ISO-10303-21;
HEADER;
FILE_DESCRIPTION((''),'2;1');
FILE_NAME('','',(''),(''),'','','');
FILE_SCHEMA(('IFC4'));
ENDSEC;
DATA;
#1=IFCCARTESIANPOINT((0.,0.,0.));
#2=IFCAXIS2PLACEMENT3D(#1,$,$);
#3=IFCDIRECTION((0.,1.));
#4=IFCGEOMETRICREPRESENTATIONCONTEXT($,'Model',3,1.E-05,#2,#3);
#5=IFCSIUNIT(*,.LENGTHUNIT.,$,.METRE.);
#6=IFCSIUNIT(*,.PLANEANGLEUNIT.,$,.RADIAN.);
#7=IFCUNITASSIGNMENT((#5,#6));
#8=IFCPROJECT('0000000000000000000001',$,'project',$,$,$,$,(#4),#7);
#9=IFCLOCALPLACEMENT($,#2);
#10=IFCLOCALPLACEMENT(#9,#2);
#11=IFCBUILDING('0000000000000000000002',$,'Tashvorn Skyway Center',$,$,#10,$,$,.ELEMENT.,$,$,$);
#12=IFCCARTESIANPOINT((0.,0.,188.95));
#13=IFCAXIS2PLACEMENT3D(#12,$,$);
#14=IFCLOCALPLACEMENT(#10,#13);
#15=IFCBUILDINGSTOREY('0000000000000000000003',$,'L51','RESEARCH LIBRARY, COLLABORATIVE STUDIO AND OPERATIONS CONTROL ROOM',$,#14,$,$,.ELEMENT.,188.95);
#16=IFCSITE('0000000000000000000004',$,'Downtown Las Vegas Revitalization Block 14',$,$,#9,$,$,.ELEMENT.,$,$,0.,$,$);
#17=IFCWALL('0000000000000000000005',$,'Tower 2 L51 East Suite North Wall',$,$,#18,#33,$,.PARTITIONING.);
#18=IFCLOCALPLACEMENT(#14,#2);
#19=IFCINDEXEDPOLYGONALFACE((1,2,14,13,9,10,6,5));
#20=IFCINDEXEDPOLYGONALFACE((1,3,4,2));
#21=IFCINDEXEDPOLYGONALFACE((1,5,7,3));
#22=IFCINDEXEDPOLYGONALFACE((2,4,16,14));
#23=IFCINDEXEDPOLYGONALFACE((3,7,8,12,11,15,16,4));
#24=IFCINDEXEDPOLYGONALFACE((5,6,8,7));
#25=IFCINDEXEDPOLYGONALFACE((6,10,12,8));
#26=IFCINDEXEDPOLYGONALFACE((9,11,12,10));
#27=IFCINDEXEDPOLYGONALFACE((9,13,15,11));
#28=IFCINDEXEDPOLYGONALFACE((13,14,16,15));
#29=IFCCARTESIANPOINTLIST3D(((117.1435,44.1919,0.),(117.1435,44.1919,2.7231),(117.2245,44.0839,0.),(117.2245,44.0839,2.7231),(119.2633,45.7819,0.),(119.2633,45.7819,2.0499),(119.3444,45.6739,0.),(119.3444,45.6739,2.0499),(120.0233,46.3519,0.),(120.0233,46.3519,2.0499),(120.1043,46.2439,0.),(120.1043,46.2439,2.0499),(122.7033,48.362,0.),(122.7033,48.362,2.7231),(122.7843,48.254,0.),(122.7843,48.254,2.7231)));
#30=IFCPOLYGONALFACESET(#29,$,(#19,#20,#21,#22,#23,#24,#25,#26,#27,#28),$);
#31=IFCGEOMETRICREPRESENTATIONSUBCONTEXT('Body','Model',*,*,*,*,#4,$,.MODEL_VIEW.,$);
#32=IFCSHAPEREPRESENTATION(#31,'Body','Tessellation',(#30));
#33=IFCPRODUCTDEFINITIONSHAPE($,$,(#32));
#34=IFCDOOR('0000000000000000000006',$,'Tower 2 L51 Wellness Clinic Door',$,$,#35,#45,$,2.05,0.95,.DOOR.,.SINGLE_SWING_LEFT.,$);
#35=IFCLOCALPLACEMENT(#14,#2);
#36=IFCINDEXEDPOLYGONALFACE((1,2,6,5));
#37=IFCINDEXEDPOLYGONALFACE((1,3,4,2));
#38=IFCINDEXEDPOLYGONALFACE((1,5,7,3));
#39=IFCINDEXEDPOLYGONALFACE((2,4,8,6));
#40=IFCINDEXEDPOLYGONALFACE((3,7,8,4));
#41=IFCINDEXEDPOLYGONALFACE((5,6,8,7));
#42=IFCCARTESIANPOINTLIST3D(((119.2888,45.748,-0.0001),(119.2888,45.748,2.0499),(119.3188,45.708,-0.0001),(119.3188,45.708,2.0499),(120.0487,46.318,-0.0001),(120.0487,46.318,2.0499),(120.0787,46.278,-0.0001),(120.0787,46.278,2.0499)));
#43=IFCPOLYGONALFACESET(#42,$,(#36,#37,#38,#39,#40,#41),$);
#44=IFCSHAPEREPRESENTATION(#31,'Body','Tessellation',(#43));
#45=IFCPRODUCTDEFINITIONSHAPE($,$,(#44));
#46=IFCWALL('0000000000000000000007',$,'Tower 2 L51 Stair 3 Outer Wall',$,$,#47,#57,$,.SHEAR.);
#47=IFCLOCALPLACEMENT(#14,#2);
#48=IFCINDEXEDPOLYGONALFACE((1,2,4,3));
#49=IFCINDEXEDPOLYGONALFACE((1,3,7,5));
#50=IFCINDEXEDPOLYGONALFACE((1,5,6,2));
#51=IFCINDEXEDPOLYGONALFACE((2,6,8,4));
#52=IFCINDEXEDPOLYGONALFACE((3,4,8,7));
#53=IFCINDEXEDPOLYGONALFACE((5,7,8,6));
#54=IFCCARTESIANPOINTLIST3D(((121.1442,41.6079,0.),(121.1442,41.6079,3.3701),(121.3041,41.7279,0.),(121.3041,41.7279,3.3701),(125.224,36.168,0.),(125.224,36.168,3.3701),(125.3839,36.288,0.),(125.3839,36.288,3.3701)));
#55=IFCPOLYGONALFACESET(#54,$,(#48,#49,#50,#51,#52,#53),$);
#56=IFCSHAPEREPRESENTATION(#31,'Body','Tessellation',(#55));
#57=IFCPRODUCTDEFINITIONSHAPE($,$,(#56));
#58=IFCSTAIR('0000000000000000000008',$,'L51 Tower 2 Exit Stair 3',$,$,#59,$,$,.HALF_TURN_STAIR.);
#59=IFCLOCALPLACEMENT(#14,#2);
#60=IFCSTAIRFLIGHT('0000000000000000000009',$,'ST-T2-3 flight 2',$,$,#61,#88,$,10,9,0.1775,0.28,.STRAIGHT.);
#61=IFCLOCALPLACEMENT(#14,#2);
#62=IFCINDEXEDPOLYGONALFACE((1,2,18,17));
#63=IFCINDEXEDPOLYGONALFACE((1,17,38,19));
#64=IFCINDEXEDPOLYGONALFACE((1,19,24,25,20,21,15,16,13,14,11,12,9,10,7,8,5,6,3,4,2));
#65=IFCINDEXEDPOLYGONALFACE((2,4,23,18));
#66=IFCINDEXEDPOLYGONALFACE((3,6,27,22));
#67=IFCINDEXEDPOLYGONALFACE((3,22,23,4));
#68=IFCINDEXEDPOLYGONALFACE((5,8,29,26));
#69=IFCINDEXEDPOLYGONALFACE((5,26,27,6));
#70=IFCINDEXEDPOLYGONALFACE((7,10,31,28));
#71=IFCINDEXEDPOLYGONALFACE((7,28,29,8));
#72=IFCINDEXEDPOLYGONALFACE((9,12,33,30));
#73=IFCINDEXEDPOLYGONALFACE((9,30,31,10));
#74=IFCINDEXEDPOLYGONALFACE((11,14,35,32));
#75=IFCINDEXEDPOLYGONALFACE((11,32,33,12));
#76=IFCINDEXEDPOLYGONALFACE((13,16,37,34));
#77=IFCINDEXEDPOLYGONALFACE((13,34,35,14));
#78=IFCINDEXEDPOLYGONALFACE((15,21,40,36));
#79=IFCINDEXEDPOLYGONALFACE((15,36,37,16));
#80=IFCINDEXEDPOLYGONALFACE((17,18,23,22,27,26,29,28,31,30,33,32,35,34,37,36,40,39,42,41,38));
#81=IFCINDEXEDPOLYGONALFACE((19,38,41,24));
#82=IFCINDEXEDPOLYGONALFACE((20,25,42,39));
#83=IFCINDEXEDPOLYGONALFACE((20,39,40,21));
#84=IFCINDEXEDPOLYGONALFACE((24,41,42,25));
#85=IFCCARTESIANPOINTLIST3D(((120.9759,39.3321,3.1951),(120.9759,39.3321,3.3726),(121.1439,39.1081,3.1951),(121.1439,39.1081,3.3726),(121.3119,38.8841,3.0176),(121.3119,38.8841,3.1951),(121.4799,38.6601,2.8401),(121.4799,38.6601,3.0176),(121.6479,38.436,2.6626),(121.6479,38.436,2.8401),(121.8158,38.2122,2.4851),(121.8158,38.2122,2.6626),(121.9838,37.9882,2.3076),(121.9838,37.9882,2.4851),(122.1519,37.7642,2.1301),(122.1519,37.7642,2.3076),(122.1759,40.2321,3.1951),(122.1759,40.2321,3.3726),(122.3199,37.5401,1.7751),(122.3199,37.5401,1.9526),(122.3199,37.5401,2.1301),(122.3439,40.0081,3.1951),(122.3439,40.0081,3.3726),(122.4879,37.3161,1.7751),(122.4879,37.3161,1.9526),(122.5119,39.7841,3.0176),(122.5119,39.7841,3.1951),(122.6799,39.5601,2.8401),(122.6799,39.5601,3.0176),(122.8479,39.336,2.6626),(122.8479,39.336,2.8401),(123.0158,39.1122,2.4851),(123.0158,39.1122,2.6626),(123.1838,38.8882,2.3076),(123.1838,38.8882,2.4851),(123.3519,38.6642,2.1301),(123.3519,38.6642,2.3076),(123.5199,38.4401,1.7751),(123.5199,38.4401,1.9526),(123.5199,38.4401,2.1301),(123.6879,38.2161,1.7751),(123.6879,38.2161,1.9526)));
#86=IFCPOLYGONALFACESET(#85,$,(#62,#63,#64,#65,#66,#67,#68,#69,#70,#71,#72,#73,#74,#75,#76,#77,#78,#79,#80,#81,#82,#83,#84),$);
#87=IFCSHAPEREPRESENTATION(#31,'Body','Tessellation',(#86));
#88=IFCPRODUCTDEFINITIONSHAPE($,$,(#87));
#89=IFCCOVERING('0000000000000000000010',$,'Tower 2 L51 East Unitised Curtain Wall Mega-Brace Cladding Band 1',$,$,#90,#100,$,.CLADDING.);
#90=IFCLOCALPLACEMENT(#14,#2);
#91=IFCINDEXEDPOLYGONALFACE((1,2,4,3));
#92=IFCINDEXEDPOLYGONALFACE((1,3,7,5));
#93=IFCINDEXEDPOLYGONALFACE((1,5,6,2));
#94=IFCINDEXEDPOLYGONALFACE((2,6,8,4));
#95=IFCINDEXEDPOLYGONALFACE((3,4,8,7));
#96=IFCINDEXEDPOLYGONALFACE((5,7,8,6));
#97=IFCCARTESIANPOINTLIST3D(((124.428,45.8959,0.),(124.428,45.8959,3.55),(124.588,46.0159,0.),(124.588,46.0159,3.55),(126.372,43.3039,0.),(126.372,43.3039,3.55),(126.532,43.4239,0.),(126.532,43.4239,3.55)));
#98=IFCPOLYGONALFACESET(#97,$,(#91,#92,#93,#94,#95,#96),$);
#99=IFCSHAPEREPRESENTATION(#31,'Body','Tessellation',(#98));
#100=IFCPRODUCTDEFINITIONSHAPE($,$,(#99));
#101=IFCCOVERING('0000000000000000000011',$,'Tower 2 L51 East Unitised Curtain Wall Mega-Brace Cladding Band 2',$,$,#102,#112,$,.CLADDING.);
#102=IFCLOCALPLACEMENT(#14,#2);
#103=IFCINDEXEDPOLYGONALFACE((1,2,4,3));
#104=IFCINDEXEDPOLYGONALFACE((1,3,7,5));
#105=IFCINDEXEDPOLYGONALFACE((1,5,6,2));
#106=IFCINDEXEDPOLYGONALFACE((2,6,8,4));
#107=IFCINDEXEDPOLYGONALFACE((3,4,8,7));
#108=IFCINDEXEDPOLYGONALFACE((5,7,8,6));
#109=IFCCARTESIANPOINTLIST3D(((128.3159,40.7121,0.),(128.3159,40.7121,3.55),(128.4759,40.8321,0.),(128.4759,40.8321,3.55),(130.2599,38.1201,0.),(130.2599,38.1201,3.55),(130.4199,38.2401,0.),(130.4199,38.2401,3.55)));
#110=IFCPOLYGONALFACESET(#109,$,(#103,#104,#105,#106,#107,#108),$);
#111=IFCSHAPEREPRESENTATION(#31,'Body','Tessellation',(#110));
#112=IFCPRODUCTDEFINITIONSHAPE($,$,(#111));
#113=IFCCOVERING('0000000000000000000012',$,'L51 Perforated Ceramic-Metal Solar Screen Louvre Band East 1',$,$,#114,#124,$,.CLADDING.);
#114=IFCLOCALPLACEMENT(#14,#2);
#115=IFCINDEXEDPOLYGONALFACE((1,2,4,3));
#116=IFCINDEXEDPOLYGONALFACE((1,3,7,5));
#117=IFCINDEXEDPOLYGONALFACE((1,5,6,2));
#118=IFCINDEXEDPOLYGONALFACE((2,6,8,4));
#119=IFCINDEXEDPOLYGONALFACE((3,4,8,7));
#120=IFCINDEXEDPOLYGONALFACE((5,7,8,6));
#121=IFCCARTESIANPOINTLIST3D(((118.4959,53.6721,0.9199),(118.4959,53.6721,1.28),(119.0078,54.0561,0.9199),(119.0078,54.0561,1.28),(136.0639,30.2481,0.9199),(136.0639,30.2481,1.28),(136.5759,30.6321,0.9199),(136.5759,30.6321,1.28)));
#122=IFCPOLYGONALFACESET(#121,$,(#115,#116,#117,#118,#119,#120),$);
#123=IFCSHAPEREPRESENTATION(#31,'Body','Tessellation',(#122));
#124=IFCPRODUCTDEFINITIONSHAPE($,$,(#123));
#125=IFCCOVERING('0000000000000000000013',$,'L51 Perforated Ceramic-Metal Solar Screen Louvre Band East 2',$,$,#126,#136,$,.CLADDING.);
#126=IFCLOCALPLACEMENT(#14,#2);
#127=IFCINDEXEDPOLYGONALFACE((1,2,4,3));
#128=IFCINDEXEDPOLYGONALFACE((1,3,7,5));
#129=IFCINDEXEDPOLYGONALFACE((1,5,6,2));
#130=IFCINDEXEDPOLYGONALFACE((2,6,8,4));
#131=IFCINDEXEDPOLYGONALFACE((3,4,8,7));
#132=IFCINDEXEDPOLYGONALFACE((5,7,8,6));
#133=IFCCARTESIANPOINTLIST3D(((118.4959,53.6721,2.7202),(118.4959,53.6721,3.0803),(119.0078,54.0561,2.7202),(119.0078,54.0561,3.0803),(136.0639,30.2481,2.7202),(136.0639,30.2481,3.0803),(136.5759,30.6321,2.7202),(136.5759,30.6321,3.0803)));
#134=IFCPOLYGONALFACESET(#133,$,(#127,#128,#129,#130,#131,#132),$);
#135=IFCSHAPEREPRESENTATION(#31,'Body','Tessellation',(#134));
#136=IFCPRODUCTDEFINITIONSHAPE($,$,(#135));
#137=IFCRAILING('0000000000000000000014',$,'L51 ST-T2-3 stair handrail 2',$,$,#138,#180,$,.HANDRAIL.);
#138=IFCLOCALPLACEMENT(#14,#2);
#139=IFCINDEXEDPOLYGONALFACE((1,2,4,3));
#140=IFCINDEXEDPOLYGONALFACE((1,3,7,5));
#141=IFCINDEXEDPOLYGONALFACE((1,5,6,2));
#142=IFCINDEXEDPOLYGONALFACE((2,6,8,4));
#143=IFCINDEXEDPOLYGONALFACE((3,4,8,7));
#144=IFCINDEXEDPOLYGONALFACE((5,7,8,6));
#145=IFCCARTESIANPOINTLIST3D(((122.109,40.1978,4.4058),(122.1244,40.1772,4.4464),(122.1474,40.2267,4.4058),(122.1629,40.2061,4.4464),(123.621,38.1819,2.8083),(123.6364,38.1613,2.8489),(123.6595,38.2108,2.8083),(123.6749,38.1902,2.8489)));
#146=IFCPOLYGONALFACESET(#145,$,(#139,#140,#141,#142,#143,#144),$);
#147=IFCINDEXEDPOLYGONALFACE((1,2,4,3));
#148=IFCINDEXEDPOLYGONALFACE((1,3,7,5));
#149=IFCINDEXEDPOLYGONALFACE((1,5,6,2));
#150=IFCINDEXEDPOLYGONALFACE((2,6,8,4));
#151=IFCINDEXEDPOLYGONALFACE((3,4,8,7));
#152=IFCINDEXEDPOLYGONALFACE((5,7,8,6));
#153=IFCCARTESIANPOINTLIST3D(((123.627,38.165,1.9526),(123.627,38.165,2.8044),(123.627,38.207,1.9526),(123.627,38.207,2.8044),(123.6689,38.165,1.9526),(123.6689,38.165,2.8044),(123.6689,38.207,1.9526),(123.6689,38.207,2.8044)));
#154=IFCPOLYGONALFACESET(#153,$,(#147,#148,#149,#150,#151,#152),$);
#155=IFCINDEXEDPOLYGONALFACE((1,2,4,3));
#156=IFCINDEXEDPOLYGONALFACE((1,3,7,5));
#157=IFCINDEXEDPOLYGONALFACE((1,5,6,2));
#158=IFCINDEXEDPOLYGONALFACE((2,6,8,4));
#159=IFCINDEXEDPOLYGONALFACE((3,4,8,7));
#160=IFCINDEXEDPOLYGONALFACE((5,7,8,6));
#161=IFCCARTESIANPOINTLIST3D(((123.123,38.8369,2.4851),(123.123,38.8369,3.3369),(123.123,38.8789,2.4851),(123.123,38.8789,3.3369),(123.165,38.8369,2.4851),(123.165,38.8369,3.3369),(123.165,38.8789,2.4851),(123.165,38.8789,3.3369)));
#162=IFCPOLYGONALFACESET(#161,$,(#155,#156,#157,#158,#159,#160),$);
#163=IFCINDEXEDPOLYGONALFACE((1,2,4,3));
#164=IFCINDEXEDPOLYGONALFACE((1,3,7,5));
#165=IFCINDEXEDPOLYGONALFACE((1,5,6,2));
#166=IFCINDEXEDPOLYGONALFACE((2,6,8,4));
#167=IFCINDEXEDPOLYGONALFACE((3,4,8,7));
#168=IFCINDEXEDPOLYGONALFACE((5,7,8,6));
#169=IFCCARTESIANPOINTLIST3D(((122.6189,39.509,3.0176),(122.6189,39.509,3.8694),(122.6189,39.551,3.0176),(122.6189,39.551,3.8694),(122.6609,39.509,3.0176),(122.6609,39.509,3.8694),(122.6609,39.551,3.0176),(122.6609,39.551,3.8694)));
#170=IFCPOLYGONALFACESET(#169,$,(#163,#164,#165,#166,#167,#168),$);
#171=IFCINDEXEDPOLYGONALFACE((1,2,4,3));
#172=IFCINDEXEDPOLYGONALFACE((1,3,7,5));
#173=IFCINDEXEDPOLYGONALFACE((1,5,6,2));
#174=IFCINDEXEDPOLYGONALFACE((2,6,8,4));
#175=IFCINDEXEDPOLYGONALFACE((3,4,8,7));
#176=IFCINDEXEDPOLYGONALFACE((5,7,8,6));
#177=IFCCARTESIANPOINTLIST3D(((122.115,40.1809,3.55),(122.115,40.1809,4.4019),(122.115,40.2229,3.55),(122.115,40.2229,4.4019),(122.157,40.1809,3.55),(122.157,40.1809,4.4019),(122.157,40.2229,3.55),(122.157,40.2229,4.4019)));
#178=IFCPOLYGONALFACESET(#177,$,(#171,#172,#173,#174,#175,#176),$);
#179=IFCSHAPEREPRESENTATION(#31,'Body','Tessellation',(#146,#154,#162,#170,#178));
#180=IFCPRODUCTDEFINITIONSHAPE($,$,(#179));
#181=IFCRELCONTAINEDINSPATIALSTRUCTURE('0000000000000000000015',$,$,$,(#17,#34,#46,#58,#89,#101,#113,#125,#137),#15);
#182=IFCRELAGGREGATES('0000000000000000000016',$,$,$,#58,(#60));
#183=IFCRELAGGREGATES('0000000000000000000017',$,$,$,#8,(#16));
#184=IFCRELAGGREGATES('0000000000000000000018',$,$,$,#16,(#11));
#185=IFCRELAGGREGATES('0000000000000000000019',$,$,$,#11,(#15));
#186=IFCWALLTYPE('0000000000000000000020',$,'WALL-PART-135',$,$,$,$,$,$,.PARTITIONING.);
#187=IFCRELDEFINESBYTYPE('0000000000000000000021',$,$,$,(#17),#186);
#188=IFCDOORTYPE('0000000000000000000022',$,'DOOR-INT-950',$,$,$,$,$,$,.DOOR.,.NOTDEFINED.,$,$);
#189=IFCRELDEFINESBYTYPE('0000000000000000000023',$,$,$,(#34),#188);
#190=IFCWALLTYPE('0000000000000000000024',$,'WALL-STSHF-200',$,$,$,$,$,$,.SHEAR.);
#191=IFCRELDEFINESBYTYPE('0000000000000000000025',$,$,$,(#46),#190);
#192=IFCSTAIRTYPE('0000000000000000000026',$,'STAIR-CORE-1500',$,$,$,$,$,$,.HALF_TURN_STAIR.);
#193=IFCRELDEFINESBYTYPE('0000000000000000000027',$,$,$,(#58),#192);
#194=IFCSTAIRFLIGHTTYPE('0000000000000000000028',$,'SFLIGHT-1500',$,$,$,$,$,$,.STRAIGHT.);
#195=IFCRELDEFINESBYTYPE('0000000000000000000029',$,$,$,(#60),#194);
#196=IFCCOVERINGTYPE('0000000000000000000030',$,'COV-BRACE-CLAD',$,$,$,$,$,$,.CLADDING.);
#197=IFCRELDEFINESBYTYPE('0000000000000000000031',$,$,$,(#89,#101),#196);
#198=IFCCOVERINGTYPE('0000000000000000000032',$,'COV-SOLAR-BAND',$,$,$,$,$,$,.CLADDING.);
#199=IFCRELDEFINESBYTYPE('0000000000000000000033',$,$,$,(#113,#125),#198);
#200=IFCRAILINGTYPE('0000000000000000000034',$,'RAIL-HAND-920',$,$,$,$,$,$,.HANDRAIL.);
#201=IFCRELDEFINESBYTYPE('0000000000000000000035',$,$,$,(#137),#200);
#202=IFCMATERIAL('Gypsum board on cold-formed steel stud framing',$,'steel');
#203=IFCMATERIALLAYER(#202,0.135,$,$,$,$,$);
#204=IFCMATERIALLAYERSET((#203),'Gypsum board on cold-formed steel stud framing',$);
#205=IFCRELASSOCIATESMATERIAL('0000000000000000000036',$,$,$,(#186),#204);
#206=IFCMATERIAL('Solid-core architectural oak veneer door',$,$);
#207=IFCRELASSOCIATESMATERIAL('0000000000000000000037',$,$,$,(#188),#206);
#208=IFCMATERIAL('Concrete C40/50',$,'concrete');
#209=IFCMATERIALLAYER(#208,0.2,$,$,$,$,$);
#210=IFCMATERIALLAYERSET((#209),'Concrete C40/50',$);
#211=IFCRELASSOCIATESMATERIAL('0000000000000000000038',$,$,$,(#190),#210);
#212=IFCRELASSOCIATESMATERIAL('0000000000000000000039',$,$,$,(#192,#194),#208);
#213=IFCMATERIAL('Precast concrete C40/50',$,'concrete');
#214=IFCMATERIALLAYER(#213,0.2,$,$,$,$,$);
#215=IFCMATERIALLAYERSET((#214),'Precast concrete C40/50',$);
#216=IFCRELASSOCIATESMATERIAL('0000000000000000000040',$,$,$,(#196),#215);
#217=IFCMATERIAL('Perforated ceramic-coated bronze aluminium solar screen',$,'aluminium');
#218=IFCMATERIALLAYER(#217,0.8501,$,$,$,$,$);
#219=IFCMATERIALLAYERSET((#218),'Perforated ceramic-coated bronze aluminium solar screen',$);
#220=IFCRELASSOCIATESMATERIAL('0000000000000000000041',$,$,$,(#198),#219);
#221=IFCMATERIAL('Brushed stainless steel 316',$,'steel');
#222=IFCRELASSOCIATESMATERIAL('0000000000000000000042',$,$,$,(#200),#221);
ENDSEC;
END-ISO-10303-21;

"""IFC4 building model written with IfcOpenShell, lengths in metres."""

from ifc_helpers import new_model, si_unit, direction, frame, frame_2d, origin, origin_2d, place, context, subcontext, project, spatial, polyline, rectangle, outline, extrude, material, layer, layer_set, type_object, element, fill, aggregate, save


model = new_model("IFC4")

# Units and contexts
model_context = context("Model", 3, precision=1e-05, world=origin(), true_north=direction((0.0, 1.0)))
body_context = subcontext(model_context, "Body", "Model", "MODEL_VIEW")
ifc_project = project(units=[si_unit("LENGTHUNIT", "METRE"), si_unit("PLANEANGLEUNIT", "RADIAN")], contexts=[model_context])

# Site, building, storey
site_placement = place(None, origin())
site = spatial("IfcSite", under=ifc_project, at=site_placement, Name="Downtown Las Vegas Revitalization Block 14", CompositionType="ELEMENT", RefElevation=0.0)
building_placement = place(site_placement, origin())
building = spatial("IfcBuilding", under=site, at=building_placement, Name="Tashvorn Skyway Center", CompositionType="ELEMENT")
storey_placement = place(building_placement, frame((0.0, 0.0, 188.95)))
storey = spatial("IfcBuildingStorey", under=building, at=storey_placement, Name="L51", Description="RESEARCH LIBRARY, COLLABORATIVE STUDIO AND OPERATIONS CONTROL ROOM", CompositionType="ELEMENT", Elevation=188.95)

# Shared definitions
ifc_material_1 = material(Name="Gypsum board on cold-formed steel stud framing", Category="steel")

# Wall, opening, door
ifc_layer_1 = layer(ifc_material_1, 0.135)
ifc_layer_set_1 = layer_set([ifc_layer_1], Name="Gypsum board on cold-formed steel stud framing")
wall_type_1 = type_object("IfcWallType", Name="WALL-PART-135", PredefinedType="PARTITIONING", material=ifc_layer_set_1)
wall_1_placement = place(storey_placement, frame((122.7439, 48.3081, 0.0), z_axis=(0.0, 0.0, 1.0), x_axis=(-0.799979, -0.600028, 0.0)))
wall_1 = element("IfcWall", 1, at=wall_1_placement, inside=storey, type_object=wall_type_1, Name="Tower 2 L51 East Suite North Wall", PredefinedType="PARTITIONING", context=body_context, shape_type="SweptSolid", body=[
    extrude(rectangle(XDim=6.95, YDim=0.135, at=frame_2d((3.4751, 0.0))), origin(), (0.0, 0.0, 1.0), 2.7231),
])
opening_placement = place(wall_1_placement, frame((3.3501, 0.0, 0.0)))
opening = element("IfcOpeningElement", 2, at=opening_placement, cuts=wall_1, PredefinedType="OPENING", context=body_context, shape_type="SweptSolid", body=[
    extrude(rectangle(XDim=0.95, YDim=2.05, at=frame_2d((0.4751, 1.0249))), frame((0.0, 0.0774, 0.0), z_axis=(0.0, -1.0, 0.0), x_axis=(1.0, 0.0, 0.0)), (0.0, 0.0, 1.0), 0.155),
])
ifc_material_2 = material(Name="Solid-core architectural oak veneer door")
door_type = type_object("IfcDoorType", Name="DOOR-INT-950", OperationType="NOTDEFINED", PredefinedType="DOOR", material=ifc_material_2)
door_placement = place(opening_placement, origin())
door = element("IfcDoor", 3, at=door_placement, inside=storey, type_object=door_type, Name="Tower 2 L51 Wellness Clinic Door", OperationType="SINGLE_SWING_LEFT", OverallHeight=2.05, OverallWidth=0.95, PredefinedType="DOOR", context=body_context, shape_type="SweptSolid", body=[
    extrude(rectangle(XDim=0.95, YDim=2.05, at=frame_2d((0.4751, 1.0249))), frame((0.0, 0.0249, 0.0), z_axis=(0.0, -1.0, 0.0), x_axis=(1.0, 0.0, 0.0)), (0.0, 0.0, 1.0), 0.05),
])
fill(opening, door)

# Wall
ifc_material_3 = material(Name="Concrete C40/50", Category="concrete")
ifc_layer_2 = layer(ifc_material_3, 0.2)
ifc_layer_set_2 = layer_set([ifc_layer_2], Name="Concrete C40/50")
wall_type_2 = type_object("IfcWallType", Name="WALL-STSHF-200", PredefinedType="SHEAR", material=ifc_layer_set_2)
wall_2_placement = place(storey_placement, frame((125.304, 36.228, 0.0), z_axis=(0.0, 0.0, 1.0), x_axis=(-0.599989, 0.800009, 0.0)))
element("IfcWall", 4, at=wall_2_placement, inside=storey, type_object=wall_type_2, Name="Tower 2 L51 Stair 3 Outer Wall", PredefinedType="SHEAR", context=body_context, shape_type="SweptSolid", body=[
    extrude(rectangle(XDim=6.7998, YDim=0.2, at=frame_2d((3.3999, 0.0))), origin(), (0.0, 0.0, 1.0), 3.3701),
])

# Stair, stair flight
stair_type = type_object("IfcStairType", Name="STAIR-CORE-1500", PredefinedType="HALF_TURN_STAIR", material=ifc_material_3)
stair_placement = place(storey_placement, origin())
stair = element("IfcStair", 5, at=stair_placement, inside=storey, type_object=stair_type, Name="L51 Tower 2 Exit Stair 3", PredefinedType="HALF_TURN_STAIR")
stair_flight_type = type_object("IfcStairFlightType", Name="SFLIGHT-1500", PredefinedType="STRAIGHT", material=ifc_material_3)
stair_flight_placement = place(storey_placement, frame((123.0879, 37.7661, 1.7751), z_axis=(0.0, 0.0, 1.0), x_axis=(-0.6, 0.8, 0.0)))
stair_flight = element("IfcStairFlight", 6, at=stair_flight_placement, type_object=stair_flight_type, Name="ST-T2-3 flight 2", NumberOfRisers=10, NumberOfTreads=9, PredefinedType="STRAIGHT", RiserHeight=0.1775, TreadLength=0.28, context=body_context, shape_type="SweptSolid", body=[
    extrude(outline(polyline([(0.0, 0.0), (0.0, 0.1775), (0.28, 0.1775), (0.28, 0.355), (0.5601, 0.355), (0.5601, 0.5325), (0.8401, 0.5325), (0.8401, 0.71), (1.1201, 0.71), (1.1201, 0.8875), (1.3999, 0.8875), (1.3999, 1.0649), (1.6799, 1.0649), (1.6799, 1.2424), (1.96, 1.2424), (1.96, 1.4199), (2.24, 1.4199), (2.24, 1.5974), (2.52, 1.5974), (2.52, 1.7749), (2.52, 1.4199), (0.28, 0.0), (0.0, 0.0)])), frame((0.0, 0.75, 0.0), z_axis=(0.0, -1.0, 0.0), x_axis=(1.0, 0.0, 0.0)), (0.0, 0.0, 1.0), 1.5),
])
aggregate(stair, [stair_flight])

# Coverings
ifc_material_4 = material(Name="Precast concrete C40/50", Category="concrete")
ifc_layer_3 = layer(ifc_material_4, 0.2)
ifc_layer_set_3 = layer_set([ifc_layer_3], Name="Precast concrete C40/50")
covering_type_1 = type_object("IfcCoveringType", Name="COV-BRACE-CLAD", PredefinedType="CLADDING", material=ifc_layer_set_3)
for number, where, z_axis, x_axis, name in (
    (7, (125.48, 44.6599, 0.0), (0.0, 0.0, 1.0), (0.6, -0.8, 0.0), "Tower 2 L51 East Unitised Curtain Wall Mega-Brace Cladding Band 1"),
    (8, (129.3679, 39.4761, 0.0), (0.0, 0.0, 1.0), (0.6, -0.8, 0.0), "Tower 2 L51 East Unitised Curtain Wall Mega-Brace Cladding Band 2"),
):
    element("IfcCovering", number, at=place(storey_placement, frame(where, z_axis=z_axis, x_axis=x_axis)), inside=storey, type_object=covering_type_1, Name=name, PredefinedType="CLADDING", context=body_context, shape_type="SweptSolid", body=[
        extrude(rectangle(XDim=3.24, YDim=0.2, at=origin_2d()), origin(), (0.0, 0.0, 1.0), 3.55),
    ])
ifc_material_5 = material(Name="Perforated ceramic-coated bronze aluminium solar screen", Category="aluminium")
ifc_layer_4 = layer(ifc_material_5, 0.8501)
ifc_layer_set_4 = layer_set([ifc_layer_4], Name="Perforated ceramic-coated bronze aluminium solar screen")
covering_type_2 = type_object("IfcCoveringType", Name="COV-SOLAR-BAND", PredefinedType="CLADDING", material=ifc_layer_set_4)
for number, where, z_axis, x_axis, name in (
    (9, (127.5359, 42.1521, 0.9199), (0.0, 0.0, 1.0), (0.6, -0.8, 0.0), "L51 Perforated Ceramic-Metal Solar Screen Louvre Band East 1"),
    (10, (127.5359, 42.1521, 2.7202), (0.0, 0.0, 1.0), (0.6, -0.8, 0.0), "L51 Perforated Ceramic-Metal Solar Screen Louvre Band East 2"),
):
    element("IfcCovering", number, at=place(storey_placement, frame(where, z_axis=z_axis, x_axis=x_axis)), inside=storey, type_object=covering_type_2, Name=name, PredefinedType="CLADDING", context=body_context, shape_type="SweptSolid", body=[
        extrude(rectangle(XDim=29.28, YDim=0.6399, at=origin_2d()), origin(), (0.0, 0.0, 1.0), 0.3601),
    ])

# Railing
ifc_material_6 = material(Name="Brushed stainless steel 316", Category="steel")
railing_type_1 = type_object("IfcRailingType", Name="RAIL-HAND-920", PredefinedType="HANDRAIL", material=ifc_material_6)
railing_1_placement = place(storey_placement, frame((123.6479, 38.186, 1.9526)))
element("IfcRailing", 11, at=railing_1_placement, inside=storey, type_object=railing_type_1, Name="L51 ST-T2-3 stair handrail 2", PredefinedType="HANDRAIL", context=body_context, shape_type="SweptSolid", body=[
    extrude(rectangle(XDim=0.0481, YDim=0.0481, at=origin_2d()), frame((0.0, 0.0, 0.876), z_axis=(-0.506769, 0.675664, 0.535409), x_axis=(-0.799988, -0.600016, 0.0)), (0.0, 0.0, 1.0), 2.9836),
    extrude(rectangle(XDim=0.042, YDim=0.042, at=origin_2d()), origin(), (0.0, 0.0, 1.0), 0.8518),
    extrude(rectangle(XDim=0.042, YDim=0.042, at=origin_2d()), frame((-0.5039, 0.6719, 0.5325)), (0.0, 0.0, 1.0), 0.8518),
    extrude(rectangle(XDim=0.042, YDim=0.042, at=origin_2d()), frame((-1.0081, 1.344, 1.0649)), (0.0, 0.0, 1.0), 0.8518),
    extrude(rectangle(XDim=0.042, YDim=0.042, at=origin_2d()), frame((-1.512, 2.0159, 1.5974)), (0.0, 0.0, 1.0), 0.8518),
])

save(model, "model.ifc")
